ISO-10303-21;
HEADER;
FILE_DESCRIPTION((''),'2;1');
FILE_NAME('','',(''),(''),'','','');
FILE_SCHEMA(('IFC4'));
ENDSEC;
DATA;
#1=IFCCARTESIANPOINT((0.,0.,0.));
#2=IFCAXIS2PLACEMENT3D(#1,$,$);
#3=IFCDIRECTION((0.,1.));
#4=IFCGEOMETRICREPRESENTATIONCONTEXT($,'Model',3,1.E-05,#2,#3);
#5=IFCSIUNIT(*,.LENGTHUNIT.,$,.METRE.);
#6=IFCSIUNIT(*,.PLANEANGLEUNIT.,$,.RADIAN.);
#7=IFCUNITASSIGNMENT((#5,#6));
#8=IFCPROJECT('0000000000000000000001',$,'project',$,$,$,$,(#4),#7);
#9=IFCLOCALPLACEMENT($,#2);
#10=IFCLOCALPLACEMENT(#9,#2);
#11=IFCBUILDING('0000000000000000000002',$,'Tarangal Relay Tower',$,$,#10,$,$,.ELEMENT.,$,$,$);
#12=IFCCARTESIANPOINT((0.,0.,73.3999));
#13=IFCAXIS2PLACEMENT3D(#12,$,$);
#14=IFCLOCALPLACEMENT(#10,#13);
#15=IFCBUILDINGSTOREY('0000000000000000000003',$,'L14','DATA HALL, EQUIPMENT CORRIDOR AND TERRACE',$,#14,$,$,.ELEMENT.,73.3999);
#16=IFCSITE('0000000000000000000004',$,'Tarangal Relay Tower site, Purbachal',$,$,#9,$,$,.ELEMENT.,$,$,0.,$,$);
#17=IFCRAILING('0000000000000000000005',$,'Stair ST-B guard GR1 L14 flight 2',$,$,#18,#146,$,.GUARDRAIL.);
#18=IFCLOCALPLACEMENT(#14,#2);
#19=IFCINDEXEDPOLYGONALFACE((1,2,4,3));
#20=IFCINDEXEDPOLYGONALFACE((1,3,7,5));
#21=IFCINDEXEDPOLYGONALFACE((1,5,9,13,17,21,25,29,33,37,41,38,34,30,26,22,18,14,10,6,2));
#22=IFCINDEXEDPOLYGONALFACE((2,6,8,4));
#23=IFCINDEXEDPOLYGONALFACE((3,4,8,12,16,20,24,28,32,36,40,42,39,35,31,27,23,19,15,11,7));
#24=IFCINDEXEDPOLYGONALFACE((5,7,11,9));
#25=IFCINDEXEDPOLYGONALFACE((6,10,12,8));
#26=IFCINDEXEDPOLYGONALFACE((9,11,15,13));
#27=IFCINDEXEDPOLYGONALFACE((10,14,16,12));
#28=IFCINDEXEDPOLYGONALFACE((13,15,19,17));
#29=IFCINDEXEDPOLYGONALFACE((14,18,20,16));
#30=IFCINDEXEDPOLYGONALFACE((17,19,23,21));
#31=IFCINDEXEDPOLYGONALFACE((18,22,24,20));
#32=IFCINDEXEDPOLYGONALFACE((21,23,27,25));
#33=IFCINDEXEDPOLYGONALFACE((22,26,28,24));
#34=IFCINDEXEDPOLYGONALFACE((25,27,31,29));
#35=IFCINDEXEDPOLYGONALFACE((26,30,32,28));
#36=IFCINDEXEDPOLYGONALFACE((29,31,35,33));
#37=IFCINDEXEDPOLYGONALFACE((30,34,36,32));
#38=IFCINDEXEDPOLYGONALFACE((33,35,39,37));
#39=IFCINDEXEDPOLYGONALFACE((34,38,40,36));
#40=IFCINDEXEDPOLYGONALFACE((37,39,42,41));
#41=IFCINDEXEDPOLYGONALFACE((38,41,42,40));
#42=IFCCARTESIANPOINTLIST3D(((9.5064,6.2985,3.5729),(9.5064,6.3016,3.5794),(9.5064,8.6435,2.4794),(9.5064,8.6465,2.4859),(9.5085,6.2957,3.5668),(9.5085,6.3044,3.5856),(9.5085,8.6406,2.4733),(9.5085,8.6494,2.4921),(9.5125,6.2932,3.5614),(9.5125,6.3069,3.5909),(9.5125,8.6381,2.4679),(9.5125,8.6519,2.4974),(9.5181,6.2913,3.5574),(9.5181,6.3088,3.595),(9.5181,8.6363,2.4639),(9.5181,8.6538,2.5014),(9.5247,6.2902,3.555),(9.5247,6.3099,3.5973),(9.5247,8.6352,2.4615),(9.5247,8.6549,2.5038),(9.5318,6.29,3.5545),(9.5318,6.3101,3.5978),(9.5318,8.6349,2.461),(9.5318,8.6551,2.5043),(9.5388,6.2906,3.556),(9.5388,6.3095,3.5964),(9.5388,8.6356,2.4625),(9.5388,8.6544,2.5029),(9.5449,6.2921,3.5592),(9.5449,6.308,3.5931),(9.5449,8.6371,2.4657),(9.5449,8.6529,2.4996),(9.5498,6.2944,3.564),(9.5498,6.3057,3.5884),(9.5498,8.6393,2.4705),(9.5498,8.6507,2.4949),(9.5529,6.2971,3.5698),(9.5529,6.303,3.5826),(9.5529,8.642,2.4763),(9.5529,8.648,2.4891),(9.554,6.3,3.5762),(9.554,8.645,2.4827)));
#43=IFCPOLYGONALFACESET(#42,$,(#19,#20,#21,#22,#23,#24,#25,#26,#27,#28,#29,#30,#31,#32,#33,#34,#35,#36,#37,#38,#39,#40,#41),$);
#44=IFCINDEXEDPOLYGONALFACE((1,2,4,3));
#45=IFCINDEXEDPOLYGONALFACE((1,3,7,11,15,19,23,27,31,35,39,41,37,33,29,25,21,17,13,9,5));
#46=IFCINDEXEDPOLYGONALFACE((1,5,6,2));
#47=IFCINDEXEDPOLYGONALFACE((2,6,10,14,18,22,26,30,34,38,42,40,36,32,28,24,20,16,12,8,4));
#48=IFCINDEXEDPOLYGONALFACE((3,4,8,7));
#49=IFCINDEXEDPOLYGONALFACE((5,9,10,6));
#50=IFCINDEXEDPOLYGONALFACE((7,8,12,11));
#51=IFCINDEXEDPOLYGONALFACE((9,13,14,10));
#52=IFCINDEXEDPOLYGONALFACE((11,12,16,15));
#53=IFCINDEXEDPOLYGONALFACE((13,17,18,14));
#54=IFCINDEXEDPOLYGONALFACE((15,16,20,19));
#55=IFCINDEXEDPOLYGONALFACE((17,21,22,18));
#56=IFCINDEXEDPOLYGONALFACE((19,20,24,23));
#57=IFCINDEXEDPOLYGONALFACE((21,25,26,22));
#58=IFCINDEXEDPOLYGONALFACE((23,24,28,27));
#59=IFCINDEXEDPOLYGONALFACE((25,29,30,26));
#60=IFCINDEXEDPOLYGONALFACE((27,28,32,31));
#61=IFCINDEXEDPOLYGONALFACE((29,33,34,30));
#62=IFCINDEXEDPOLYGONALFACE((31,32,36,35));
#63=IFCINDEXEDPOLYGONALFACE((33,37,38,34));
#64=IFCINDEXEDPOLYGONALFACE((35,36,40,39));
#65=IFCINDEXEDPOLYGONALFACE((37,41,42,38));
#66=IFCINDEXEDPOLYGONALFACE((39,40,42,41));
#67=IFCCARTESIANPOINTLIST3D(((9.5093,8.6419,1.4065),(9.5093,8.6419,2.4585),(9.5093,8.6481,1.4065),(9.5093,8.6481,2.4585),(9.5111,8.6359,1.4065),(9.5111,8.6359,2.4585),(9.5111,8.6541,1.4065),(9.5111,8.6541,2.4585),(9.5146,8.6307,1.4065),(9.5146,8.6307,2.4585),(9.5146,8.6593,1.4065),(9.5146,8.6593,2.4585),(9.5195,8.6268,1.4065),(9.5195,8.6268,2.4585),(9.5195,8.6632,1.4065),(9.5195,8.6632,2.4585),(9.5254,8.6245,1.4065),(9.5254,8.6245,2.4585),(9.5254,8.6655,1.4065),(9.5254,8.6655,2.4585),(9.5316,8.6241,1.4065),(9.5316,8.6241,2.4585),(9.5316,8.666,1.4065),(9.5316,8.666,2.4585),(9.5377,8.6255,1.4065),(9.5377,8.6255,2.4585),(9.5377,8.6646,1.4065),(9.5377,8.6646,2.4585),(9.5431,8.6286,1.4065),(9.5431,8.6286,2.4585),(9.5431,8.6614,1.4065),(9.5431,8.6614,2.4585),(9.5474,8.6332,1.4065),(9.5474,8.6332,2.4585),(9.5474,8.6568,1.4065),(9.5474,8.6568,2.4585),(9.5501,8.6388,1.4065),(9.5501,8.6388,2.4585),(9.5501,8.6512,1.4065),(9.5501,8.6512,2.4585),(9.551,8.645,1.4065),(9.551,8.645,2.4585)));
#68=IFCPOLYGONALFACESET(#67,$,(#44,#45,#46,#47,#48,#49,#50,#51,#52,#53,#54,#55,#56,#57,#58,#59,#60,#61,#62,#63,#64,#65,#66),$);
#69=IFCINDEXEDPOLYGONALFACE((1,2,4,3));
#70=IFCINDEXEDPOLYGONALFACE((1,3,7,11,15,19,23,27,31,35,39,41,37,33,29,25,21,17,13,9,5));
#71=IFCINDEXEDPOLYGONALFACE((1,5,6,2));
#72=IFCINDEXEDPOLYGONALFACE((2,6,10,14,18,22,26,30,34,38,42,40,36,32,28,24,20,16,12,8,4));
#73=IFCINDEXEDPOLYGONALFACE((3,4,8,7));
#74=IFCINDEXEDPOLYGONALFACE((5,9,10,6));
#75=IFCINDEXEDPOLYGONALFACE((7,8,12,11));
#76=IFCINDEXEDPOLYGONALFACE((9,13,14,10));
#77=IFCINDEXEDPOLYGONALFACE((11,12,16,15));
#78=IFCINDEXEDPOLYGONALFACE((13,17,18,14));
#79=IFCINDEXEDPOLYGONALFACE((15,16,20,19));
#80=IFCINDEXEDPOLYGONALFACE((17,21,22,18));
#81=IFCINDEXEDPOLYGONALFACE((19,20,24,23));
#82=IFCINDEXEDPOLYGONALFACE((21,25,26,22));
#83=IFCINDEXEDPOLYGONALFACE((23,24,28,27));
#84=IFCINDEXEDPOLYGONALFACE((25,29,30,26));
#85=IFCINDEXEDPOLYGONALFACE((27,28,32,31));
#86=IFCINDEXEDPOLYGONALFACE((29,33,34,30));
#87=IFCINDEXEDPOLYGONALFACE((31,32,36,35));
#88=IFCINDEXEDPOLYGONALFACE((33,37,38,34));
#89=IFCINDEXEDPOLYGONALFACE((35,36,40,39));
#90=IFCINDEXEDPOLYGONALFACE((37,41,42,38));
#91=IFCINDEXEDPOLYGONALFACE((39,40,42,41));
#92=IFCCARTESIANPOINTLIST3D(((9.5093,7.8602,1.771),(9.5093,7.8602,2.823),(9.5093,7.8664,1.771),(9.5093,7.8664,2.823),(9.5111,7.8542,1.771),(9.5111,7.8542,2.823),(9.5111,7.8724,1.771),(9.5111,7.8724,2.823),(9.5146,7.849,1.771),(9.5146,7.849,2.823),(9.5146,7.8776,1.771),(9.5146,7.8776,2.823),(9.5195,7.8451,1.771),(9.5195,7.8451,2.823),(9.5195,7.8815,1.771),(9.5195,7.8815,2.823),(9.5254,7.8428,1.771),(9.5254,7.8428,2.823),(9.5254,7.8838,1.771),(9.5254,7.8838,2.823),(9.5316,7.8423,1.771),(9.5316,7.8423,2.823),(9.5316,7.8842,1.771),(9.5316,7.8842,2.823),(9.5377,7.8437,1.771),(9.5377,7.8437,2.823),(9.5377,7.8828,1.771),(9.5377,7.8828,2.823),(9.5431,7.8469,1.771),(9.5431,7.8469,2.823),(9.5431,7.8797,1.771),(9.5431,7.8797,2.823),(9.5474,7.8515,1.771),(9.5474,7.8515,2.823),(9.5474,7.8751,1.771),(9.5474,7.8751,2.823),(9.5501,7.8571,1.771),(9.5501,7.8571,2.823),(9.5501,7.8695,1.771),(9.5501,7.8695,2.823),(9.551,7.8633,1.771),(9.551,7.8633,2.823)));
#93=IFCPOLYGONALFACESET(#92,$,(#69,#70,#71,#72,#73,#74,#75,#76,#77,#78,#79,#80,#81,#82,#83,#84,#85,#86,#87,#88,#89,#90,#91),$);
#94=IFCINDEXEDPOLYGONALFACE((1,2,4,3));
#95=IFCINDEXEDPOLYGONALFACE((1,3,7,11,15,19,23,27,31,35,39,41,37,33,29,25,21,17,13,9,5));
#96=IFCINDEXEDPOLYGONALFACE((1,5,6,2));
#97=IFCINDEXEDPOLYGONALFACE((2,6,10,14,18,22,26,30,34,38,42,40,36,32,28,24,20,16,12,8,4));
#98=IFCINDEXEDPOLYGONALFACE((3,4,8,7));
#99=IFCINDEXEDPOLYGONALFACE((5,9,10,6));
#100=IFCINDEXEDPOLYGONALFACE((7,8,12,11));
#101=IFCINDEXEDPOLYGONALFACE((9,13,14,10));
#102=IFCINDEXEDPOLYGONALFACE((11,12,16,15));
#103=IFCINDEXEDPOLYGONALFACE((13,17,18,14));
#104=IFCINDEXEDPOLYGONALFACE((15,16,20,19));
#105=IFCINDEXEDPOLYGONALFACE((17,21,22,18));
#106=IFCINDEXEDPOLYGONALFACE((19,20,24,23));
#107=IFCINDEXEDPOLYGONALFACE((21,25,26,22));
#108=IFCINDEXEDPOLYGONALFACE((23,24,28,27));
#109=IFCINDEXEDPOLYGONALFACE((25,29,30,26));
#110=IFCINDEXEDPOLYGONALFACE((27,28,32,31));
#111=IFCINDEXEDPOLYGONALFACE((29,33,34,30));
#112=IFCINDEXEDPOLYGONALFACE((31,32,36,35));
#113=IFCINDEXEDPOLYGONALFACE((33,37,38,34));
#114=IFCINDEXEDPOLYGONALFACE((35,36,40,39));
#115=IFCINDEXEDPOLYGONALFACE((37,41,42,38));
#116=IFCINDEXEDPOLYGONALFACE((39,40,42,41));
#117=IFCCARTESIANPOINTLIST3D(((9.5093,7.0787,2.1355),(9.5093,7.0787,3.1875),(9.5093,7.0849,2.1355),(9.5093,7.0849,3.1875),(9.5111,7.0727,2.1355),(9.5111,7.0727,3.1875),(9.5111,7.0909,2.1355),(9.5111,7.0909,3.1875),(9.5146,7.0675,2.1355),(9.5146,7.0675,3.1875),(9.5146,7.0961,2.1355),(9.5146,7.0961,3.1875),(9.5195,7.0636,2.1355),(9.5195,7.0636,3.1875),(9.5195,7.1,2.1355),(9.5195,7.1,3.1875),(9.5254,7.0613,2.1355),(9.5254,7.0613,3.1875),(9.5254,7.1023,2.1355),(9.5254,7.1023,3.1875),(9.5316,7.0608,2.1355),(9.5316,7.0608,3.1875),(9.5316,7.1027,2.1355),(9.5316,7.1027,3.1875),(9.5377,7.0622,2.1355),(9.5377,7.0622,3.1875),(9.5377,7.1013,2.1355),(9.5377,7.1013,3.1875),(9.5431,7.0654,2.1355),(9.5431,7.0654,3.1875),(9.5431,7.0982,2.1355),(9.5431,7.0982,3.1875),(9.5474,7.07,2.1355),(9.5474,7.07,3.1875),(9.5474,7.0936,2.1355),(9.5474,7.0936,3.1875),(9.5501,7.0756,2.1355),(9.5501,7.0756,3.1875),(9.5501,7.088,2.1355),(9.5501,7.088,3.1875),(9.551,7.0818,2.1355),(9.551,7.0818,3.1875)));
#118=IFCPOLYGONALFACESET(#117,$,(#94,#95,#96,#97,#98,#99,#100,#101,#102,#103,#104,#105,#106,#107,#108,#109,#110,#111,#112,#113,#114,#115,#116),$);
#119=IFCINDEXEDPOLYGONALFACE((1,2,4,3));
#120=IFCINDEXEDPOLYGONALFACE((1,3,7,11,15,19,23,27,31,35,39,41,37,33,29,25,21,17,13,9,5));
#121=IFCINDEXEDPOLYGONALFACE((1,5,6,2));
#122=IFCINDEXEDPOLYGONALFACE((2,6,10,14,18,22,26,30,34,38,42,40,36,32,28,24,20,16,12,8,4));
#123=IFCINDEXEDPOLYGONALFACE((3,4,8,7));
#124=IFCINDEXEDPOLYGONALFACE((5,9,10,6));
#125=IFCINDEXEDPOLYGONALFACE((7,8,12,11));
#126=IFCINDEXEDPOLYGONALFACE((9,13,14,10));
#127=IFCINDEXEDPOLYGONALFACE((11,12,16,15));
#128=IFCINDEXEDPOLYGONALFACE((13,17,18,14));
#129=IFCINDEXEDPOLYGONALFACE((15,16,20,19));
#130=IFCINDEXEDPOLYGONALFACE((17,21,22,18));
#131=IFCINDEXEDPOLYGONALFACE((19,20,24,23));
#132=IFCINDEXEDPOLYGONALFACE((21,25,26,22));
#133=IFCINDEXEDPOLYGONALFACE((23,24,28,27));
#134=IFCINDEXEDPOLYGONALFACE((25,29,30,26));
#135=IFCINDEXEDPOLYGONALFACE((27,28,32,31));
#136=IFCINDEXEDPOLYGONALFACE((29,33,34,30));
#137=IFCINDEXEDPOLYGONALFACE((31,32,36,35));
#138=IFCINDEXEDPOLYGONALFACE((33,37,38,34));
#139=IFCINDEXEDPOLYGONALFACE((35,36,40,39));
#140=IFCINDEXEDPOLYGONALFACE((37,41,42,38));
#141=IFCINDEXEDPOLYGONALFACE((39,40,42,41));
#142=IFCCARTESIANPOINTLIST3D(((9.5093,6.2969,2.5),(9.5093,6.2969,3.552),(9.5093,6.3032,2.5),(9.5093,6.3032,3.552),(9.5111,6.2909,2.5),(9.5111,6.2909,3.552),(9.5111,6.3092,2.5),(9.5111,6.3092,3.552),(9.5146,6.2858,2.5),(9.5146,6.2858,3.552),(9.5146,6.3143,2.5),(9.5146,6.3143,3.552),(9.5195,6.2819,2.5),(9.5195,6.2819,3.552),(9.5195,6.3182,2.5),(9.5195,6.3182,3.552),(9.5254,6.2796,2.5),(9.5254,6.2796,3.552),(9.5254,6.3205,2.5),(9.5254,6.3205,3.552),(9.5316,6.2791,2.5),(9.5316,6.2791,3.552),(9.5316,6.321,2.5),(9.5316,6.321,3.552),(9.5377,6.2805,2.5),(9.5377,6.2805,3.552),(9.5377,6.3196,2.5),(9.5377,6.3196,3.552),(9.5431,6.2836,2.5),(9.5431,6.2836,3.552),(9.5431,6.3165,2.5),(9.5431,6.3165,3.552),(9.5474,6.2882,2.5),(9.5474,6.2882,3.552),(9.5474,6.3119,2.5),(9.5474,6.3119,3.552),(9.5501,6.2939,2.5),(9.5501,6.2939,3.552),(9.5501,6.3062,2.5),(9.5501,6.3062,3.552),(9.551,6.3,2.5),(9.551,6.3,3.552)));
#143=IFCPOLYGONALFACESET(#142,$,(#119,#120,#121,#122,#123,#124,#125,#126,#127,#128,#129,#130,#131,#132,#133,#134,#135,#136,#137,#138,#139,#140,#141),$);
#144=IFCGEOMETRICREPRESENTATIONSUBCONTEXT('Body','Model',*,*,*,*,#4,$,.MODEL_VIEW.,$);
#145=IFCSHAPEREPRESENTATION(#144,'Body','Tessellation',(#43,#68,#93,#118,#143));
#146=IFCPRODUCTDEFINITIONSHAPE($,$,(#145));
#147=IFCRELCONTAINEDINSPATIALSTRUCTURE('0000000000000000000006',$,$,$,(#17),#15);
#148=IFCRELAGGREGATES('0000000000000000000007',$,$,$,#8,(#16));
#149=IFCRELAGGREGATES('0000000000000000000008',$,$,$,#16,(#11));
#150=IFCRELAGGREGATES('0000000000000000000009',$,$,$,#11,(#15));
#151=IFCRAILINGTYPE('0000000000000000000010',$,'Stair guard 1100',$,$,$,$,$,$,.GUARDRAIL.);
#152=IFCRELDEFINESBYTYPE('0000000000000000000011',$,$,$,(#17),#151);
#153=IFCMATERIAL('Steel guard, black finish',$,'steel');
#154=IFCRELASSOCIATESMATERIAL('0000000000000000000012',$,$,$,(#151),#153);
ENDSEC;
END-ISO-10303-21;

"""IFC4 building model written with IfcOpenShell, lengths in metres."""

from ifc_helpers import new_model, si_unit, direction, frame, origin, origin_2d, place, context, subcontext, project, spatial, circle, extrude, material, type_object, element, save


model = new_model("IFC4")

# Units and contexts
model_context = context("Model", 3, precision=1e-05, world=origin(), true_north=direction((0.0, 1.0)))
body_context = subcontext(model_context, "Body", "Model", "MODEL_VIEW")
ifc_project = project(units=[si_unit("LENGTHUNIT", "METRE"), si_unit("PLANEANGLEUNIT", "RADIAN")], contexts=[model_context])

# Site, building, storey
site_placement = place(None, origin())
site = spatial("IfcSite", under=ifc_project, at=site_placement, Name="Tarangal Relay Tower site, Purbachal", CompositionType="ELEMENT", RefElevation=0.0)
building_placement = place(site_placement, origin())
building = spatial("IfcBuilding", under=site, at=building_placement, Name="Tarangal Relay Tower", CompositionType="ELEMENT")
storey_placement = place(building_placement, frame((0.0, 0.0, 73.3999)))
storey = spatial("IfcBuildingStorey", under=building, at=storey_placement, Name="L14", Description="DATA HALL, EQUIPMENT CORRIDOR AND TERRACE", CompositionType="ELEMENT", Elevation=73.3999)

# Railing
ifc_material_1 = material(Name="Steel guard, black finish", Category="steel")
railing_type_1 = type_object("IfcRailingType", Name="Stair guard 1100", PredefinedType="GUARDRAIL", material=ifc_material_1)
railing_1_placement = place(storey_placement, frame((9.53, 8.645, 1.4065)))
element("IfcRailing", 1, at=railing_1_placement, inside=storey, type_object=railing_type_1, Name="Stair ST-B guard GR1 L14 flight 2", PredefinedType="GUARDRAIL", context=body_context, shape_type="SweptSolid", body=[
    extrude(circle(Radius=0.0239, at=origin_2d()), frame((0.0, 0.0, 1.0762), z_axis=(0.0, -0.906304, 0.422627), x_axis=(1.0, 0.0, 0.0)), (0.0, 0.0, 1.0), 2.5874),
    extrude(circle(Radius=0.021, at=origin_2d()), origin(), (0.0, 0.0, 1.0), 1.052),
    extrude(circle(Radius=0.021, at=origin_2d()), frame((0.0, -0.7817, 0.3645)), (0.0, 0.0, 1.0), 1.052),
    extrude(circle(Radius=0.021, at=origin_2d()), frame((0.0, -1.5632, 0.729)), (0.0, 0.0, 1.0), 1.052),
    extrude(circle(Radius=0.021, at=origin_2d()), frame((0.0, -2.345, 1.0935)), (0.0, 0.0, 1.0), 1.052),
])

save(model, "model.ifc")
